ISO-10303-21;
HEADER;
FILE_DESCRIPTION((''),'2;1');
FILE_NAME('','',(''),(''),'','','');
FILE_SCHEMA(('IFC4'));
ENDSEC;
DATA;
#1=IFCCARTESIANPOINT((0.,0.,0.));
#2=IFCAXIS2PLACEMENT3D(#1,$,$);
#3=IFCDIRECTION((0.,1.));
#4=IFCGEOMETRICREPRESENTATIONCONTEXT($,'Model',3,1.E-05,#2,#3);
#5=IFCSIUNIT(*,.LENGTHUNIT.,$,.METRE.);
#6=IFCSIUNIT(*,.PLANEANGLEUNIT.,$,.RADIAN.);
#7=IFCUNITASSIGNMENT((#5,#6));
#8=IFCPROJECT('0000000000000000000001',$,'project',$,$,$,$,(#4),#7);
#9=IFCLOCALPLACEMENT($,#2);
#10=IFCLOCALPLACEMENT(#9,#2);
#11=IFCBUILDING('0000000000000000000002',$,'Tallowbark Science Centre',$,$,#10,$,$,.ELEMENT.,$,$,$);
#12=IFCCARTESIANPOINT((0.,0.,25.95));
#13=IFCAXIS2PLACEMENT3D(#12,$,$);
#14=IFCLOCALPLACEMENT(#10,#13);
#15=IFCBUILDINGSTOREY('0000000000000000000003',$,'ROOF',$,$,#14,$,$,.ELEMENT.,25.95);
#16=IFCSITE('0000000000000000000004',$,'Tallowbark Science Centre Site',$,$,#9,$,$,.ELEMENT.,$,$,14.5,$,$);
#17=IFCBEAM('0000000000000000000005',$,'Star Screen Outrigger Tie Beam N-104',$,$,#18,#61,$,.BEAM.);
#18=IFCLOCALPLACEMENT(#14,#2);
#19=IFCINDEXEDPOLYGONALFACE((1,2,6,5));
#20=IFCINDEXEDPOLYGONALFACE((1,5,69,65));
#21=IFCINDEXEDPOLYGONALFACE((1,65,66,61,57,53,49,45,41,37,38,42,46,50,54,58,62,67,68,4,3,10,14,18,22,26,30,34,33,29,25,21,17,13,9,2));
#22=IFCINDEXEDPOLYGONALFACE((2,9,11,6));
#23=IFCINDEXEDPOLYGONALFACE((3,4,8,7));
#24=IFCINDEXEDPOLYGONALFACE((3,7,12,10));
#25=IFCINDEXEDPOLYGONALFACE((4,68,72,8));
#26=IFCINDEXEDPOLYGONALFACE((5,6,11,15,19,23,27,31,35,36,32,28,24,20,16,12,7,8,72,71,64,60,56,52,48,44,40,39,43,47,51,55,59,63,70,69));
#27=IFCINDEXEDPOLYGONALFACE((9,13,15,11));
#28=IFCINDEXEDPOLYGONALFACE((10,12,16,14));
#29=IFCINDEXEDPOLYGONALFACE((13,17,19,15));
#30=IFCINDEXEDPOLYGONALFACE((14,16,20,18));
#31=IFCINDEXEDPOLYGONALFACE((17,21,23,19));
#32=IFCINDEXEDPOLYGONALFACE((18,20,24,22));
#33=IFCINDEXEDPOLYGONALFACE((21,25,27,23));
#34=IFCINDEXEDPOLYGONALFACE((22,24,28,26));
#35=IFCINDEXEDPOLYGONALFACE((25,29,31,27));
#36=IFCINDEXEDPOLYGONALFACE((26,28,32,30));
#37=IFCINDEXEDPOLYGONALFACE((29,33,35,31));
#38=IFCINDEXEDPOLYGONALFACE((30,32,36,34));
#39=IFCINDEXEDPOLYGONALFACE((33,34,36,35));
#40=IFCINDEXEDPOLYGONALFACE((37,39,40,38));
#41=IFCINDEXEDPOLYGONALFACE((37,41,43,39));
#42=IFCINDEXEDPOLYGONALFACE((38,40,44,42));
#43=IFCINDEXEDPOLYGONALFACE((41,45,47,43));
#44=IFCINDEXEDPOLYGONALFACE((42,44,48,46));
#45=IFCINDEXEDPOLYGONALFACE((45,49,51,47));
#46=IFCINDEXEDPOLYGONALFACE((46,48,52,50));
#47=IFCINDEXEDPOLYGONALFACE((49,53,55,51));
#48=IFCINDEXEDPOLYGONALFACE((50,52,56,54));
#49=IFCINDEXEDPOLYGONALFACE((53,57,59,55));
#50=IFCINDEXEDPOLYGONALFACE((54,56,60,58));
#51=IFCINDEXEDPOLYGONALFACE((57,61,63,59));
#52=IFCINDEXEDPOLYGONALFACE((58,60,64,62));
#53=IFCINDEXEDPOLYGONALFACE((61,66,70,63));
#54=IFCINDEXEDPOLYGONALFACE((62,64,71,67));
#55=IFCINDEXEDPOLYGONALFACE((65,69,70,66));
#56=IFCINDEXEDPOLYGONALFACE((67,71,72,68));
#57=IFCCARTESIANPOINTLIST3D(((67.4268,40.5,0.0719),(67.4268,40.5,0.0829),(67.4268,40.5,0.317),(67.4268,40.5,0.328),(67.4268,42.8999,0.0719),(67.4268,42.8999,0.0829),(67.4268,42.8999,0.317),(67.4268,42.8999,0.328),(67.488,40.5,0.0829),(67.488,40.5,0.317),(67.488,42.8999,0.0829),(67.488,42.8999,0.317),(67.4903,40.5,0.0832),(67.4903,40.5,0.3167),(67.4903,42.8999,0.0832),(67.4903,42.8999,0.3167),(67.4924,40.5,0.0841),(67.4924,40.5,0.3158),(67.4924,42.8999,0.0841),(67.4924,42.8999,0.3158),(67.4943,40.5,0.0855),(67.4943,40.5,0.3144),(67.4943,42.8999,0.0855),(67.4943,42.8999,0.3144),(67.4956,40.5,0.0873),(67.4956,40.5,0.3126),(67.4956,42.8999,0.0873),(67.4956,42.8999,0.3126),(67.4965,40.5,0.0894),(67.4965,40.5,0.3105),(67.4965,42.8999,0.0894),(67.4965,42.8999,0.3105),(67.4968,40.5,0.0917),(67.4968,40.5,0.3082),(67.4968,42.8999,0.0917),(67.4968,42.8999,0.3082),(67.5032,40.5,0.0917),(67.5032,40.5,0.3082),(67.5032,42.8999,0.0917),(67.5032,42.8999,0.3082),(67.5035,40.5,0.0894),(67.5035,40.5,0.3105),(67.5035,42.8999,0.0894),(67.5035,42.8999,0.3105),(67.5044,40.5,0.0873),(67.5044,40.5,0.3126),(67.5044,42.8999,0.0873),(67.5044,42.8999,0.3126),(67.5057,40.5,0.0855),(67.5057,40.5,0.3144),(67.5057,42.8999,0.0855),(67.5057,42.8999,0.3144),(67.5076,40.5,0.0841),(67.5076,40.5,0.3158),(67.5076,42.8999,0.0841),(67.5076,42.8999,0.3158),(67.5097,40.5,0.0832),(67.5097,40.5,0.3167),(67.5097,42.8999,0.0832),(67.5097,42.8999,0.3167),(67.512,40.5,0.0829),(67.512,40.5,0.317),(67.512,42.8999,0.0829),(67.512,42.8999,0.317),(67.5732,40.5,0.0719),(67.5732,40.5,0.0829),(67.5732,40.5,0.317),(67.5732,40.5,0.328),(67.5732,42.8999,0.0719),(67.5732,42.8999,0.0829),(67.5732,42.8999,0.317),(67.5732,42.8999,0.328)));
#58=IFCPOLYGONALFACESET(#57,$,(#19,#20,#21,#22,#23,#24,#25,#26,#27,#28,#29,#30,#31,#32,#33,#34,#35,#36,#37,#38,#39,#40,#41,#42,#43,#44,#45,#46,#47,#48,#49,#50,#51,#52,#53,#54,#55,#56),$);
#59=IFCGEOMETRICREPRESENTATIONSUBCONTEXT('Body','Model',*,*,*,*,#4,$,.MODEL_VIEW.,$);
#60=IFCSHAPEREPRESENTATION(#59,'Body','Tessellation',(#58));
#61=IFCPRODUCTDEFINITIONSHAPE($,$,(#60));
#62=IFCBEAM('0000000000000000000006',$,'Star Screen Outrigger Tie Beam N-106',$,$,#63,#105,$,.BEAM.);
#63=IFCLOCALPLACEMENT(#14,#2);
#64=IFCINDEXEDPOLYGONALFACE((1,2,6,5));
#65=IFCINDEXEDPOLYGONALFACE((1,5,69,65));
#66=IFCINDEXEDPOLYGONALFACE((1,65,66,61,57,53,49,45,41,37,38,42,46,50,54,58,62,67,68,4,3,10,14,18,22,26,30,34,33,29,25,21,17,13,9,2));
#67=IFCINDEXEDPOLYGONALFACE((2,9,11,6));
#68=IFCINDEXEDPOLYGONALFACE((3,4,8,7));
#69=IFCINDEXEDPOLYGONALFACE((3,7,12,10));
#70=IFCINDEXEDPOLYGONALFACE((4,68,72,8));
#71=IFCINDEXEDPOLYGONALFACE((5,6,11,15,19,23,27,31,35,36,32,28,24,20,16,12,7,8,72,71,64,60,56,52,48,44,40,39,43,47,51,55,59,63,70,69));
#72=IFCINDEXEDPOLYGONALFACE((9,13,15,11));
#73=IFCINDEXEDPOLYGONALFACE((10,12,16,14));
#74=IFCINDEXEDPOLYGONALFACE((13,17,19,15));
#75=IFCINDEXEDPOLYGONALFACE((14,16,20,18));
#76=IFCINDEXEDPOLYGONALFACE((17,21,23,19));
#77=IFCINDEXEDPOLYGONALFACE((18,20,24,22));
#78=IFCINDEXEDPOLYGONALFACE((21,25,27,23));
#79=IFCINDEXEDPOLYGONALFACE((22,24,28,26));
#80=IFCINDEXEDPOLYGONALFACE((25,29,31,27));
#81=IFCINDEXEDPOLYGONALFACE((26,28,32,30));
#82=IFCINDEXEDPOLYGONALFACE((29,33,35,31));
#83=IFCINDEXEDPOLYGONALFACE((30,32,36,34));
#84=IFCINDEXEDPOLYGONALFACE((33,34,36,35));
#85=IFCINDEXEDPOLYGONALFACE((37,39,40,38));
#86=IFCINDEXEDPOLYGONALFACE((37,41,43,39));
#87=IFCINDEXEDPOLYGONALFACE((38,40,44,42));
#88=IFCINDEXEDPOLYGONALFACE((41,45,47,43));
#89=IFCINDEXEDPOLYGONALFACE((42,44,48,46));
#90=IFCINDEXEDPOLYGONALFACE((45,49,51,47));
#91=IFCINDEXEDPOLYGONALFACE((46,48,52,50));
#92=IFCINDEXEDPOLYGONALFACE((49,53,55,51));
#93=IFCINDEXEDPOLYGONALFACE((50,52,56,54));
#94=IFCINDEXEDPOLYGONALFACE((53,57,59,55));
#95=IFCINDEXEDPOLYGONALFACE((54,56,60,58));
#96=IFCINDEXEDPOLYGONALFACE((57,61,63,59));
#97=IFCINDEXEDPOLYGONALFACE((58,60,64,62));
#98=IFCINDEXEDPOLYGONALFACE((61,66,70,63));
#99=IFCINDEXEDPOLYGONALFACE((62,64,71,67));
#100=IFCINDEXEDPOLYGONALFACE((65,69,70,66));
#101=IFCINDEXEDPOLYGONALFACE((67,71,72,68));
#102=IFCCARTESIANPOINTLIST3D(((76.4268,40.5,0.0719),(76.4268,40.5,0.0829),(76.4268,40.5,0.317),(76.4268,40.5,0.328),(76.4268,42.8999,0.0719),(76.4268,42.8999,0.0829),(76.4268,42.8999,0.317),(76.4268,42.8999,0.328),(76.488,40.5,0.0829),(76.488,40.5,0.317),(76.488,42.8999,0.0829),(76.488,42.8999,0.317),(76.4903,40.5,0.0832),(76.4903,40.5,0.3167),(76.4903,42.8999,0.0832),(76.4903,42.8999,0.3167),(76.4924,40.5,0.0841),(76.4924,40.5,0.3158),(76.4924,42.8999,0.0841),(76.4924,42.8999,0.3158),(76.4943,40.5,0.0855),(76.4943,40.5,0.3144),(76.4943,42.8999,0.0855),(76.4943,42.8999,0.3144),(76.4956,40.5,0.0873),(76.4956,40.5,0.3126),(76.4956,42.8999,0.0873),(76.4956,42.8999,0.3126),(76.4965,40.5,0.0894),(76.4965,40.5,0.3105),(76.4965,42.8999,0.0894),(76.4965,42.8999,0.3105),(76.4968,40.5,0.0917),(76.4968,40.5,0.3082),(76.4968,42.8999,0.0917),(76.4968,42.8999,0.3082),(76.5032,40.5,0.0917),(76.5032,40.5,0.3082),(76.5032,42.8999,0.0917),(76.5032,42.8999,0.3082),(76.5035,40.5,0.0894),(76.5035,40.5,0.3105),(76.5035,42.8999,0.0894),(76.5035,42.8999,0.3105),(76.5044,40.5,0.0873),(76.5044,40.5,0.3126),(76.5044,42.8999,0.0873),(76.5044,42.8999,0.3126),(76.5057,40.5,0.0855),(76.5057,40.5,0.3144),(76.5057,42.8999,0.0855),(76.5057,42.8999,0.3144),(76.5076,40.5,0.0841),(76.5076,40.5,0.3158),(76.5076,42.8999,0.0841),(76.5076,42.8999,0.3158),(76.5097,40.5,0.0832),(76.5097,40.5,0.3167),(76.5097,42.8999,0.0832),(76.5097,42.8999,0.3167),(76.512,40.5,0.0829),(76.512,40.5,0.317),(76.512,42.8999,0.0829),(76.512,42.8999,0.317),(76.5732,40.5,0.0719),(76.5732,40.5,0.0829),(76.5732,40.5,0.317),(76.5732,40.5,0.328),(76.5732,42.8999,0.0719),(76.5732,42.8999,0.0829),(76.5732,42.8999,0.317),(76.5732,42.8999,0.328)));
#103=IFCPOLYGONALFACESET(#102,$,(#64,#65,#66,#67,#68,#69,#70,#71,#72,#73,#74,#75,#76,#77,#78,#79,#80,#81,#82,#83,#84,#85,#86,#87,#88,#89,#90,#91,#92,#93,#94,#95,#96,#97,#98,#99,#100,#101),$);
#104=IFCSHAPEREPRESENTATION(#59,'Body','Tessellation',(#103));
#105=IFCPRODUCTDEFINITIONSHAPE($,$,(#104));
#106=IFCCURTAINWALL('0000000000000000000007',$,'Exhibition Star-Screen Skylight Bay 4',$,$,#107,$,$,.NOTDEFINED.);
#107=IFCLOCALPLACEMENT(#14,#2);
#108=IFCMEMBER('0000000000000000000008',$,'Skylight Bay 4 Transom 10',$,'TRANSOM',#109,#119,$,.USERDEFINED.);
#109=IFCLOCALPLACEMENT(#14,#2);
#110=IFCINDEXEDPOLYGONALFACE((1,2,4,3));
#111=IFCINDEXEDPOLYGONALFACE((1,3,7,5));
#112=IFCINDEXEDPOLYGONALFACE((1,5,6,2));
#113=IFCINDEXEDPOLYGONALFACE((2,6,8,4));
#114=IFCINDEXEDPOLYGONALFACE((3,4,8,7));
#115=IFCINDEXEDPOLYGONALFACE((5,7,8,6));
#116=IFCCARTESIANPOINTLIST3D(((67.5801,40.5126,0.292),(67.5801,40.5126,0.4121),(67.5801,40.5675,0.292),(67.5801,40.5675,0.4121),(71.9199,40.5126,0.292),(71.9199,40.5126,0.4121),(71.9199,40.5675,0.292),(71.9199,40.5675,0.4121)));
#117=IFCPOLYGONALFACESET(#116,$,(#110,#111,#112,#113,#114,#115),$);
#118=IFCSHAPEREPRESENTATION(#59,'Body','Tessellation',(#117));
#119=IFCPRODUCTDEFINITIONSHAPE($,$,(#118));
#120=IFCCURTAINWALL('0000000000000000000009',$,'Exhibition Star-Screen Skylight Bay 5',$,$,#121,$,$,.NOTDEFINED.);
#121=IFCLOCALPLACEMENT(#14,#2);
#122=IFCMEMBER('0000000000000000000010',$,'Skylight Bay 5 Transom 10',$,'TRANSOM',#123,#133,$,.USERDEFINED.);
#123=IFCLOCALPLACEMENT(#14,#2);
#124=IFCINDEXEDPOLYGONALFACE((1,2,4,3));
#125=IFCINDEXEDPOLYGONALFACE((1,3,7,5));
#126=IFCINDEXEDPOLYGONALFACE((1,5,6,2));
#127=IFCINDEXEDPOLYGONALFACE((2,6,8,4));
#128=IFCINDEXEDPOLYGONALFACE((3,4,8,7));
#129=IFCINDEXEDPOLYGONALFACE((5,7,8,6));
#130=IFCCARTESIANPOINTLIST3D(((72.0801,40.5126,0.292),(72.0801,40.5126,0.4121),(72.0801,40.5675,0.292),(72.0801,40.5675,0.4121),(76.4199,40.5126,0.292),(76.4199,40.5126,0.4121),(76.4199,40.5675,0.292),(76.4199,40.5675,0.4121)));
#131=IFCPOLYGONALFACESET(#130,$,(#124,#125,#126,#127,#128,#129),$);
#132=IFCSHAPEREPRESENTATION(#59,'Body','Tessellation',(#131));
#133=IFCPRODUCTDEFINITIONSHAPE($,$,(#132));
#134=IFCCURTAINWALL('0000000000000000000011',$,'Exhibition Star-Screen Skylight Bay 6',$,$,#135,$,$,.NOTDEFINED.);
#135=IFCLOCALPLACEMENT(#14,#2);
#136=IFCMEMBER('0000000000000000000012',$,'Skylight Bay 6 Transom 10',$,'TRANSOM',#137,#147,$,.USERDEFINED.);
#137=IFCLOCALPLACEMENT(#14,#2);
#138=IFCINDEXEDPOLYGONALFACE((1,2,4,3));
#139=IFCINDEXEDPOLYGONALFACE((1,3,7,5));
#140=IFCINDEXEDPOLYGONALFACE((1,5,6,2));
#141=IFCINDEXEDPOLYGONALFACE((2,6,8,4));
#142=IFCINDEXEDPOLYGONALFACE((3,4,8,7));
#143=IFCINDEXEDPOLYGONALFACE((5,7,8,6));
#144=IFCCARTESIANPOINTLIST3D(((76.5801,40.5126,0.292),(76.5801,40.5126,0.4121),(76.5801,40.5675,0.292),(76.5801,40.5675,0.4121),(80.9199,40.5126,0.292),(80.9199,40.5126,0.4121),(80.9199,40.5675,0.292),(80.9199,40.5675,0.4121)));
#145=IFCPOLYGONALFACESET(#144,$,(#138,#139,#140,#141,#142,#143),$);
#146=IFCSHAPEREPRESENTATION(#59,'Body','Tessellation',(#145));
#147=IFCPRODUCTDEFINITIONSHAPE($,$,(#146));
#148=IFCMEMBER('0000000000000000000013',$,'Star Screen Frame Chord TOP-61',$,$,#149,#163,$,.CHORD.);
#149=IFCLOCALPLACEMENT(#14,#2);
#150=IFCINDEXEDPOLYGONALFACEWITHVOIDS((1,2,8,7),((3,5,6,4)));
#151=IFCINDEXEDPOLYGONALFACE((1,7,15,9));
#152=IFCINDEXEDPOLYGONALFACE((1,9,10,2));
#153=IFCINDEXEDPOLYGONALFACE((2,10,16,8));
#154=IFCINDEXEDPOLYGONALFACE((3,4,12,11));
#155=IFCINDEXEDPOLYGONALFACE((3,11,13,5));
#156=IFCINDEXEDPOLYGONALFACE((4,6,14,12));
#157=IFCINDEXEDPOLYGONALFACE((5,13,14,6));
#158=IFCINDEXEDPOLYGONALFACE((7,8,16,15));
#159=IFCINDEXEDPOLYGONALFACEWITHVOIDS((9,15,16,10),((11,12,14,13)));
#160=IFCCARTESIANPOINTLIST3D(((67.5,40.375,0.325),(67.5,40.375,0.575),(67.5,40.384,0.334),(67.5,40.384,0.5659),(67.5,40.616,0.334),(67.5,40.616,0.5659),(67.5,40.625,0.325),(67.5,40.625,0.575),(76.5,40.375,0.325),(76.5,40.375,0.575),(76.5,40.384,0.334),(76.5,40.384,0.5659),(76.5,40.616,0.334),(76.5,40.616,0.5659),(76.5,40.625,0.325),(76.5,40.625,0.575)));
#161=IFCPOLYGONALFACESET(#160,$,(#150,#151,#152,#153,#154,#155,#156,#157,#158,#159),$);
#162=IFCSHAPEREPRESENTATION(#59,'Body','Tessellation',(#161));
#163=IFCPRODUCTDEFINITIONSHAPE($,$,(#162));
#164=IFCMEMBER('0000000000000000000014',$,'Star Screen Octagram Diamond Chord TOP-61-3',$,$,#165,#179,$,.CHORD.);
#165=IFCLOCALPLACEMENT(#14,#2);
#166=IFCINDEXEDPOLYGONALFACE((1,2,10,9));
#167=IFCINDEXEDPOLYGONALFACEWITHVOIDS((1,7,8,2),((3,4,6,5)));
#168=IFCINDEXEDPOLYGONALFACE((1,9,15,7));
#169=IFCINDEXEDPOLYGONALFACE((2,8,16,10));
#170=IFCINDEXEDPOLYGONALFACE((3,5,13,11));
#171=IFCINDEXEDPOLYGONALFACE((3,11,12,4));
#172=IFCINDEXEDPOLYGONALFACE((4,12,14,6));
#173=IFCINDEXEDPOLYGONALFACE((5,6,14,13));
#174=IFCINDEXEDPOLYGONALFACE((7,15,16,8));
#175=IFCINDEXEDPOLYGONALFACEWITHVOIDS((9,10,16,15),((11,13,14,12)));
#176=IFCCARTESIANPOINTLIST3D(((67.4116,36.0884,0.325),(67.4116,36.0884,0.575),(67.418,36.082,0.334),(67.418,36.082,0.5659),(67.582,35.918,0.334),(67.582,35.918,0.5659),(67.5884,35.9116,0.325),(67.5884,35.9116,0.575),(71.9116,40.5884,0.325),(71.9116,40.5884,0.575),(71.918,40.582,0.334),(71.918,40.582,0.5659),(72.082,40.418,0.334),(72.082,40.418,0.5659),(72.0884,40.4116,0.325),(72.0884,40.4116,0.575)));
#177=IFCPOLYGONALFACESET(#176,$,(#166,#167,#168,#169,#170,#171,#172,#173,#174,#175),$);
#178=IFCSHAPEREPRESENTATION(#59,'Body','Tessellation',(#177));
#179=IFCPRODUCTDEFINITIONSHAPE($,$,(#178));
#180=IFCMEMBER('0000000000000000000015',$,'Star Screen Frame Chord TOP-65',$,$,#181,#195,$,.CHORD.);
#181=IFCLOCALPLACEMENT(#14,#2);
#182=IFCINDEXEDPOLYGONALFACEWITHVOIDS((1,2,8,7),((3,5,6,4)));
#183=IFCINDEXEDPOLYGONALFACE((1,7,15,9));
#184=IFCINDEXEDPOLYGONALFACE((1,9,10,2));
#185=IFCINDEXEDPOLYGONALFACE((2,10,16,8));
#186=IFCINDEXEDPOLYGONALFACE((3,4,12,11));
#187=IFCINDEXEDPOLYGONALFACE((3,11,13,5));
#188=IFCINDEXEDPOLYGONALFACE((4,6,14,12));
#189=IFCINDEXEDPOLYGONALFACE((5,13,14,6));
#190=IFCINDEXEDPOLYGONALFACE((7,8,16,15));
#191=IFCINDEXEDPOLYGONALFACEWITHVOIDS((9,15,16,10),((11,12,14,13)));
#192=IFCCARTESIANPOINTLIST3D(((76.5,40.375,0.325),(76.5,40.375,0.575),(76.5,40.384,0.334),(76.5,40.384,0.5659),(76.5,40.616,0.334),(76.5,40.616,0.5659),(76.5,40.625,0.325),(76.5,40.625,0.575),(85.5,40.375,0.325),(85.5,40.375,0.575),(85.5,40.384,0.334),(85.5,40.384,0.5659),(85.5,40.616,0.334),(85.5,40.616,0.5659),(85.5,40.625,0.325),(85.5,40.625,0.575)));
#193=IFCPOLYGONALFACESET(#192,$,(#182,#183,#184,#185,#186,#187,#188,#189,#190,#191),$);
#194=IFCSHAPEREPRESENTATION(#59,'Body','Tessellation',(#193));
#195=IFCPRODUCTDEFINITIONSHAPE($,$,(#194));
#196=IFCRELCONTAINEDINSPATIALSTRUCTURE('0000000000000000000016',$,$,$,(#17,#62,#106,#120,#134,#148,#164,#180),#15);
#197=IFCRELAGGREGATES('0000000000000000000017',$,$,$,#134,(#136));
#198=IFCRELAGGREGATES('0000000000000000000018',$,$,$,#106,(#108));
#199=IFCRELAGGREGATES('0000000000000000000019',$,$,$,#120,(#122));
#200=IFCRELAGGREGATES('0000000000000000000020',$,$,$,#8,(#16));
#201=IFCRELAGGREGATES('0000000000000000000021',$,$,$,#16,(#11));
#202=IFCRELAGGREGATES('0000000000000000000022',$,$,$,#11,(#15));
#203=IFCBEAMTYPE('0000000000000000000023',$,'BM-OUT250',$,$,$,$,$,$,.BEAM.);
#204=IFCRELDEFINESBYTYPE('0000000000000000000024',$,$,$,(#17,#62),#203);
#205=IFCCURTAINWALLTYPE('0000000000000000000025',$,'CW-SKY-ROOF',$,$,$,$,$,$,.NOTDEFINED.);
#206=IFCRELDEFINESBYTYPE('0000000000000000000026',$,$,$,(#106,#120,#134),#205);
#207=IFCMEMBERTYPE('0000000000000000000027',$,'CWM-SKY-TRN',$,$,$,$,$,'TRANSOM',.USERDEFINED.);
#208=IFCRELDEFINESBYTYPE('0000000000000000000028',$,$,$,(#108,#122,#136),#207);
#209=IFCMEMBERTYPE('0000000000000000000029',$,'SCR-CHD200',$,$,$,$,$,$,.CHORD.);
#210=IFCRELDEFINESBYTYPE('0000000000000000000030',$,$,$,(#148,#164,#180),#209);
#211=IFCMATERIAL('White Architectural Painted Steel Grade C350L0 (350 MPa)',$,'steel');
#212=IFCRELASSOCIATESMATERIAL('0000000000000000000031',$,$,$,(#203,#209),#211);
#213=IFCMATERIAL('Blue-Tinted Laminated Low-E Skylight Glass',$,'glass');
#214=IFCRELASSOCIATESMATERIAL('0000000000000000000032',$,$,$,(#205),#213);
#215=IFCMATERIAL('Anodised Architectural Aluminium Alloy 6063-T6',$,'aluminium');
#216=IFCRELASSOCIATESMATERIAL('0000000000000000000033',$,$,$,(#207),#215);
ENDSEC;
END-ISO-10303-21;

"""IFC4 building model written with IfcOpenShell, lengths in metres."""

from ifc_helpers import new_model, si_unit, direction, frame, origin, origin_2d, place, context, subcontext, project, spatial, rectangle, hollow_rectangle, i_section, extrude, material, material_profile, profile_set, type_object, element, aggregate, save


model = new_model("IFC4")

# Units and contexts
model_context = context("Model", 3, precision=1e-05, world=origin(), true_north=direction((0.0, 1.0)))
body_context = subcontext(model_context, "Body", "Model", "MODEL_VIEW")
ifc_project = project(units=[si_unit("LENGTHUNIT", "METRE"), si_unit("PLANEANGLEUNIT", "RADIAN")], contexts=[model_context])

# Site, building, storey
site_placement = place(None, origin())
site = spatial("IfcSite", under=ifc_project, at=site_placement, Name="Tallowbark Science Centre Site", CompositionType="ELEMENT", RefElevation=14.5)
building_placement = place(site_placement, origin())
building = spatial("IfcBuilding", under=site, at=building_placement, Name="Tallowbark Science Centre", CompositionType="ELEMENT")
storey_placement = place(building_placement, frame((0.0, 0.0, 25.95)))
storey = spatial("IfcBuildingStorey", under=building, at=storey_placement, Name="ROOF", CompositionType="ELEMENT", Elevation=25.95)

# Beams
ifc_material_1 = material(Name="White Architectural Painted Steel Grade C350L0 (350 MPa)", Category="steel")
ifc_material_profile_1 = material_profile(ifc_material_1, i_section(OverallWidth=0.1465, OverallDepth=0.2561, WebThickness=0.0063, FlangeThickness=0.011, FilletRadius=0.0088, at=origin_2d()), Name="250UB37.3")
ifc_profile_set_1 = profile_set([ifc_material_profile_1], Name="White Architectural Painted Steel Grade C350L0 (350 MPa)")
beam_type = type_object("IfcBeamType", Name="BM-OUT250", PredefinedType="BEAM", material=ifc_profile_set_1)
for number, where, z_axis, x_axis, name in (
    (1, (67.5, 40.5, 0.2), (0.0, 1.0, 0.0), (-1.0, 0.0, 0.0), "Star Screen Outrigger Tie Beam N-104"),
    (2, (76.5, 40.5, 0.2), (0.0, 1.0, 0.0), (-1.0, 0.0, 0.0), "Star Screen Outrigger Tie Beam N-106"),
):
    element("IfcBeam", number, at=place(storey_placement, frame(where, z_axis=z_axis, x_axis=x_axis)), inside=storey, type_object=beam_type, Name=name, PredefinedType="BEAM", context=body_context, shape_type="SweptSolid", body=[
        extrude(i_section(OverallWidth=0.1465, OverallDepth=0.2561, WebThickness=0.0063, FlangeThickness=0.011, FilletRadius=0.0088, at=origin_2d()), origin(), (0.0, 0.0, 1.0), 2.3999),
    ])

# Curtain walls, members
ifc_material_2 = material(Name="Blue-Tinted Laminated Low-E Skylight Glass", Category="glass")
curtain_wall_type = type_object("IfcCurtainWallType", Name="CW-SKY-ROOF", PredefinedType="NOTDEFINED", material=ifc_material_2)
curtain_wall_1_placement = place(storey_placement, origin())
curtain_wall_1 = element("IfcCurtainWall", 3, at=curtain_wall_1_placement, inside=storey, type_object=curtain_wall_type, Name="Exhibition Star-Screen Skylight Bay 4", PredefinedType="NOTDEFINED")
ifc_material_3 = material(Name="Anodised Architectural Aluminium Alloy 6063-T6", Category="aluminium")
ifc_material_profile_2 = material_profile(ifc_material_3, rectangle(XDim=0.0549, YDim=0.1201, at=origin_2d()), Name="ALU55x120")
ifc_profile_set_2 = profile_set([ifc_material_profile_2], Name="Anodised Architectural Aluminium Alloy 6063-T6")
member_type_1 = type_object("IfcMemberType", Name="CWM-SKY-TRN", ElementType="TRANSOM", PredefinedType="USERDEFINED", material=ifc_profile_set_2)
member_1_placement = place(storey_placement, frame((67.5801, 40.54, 0.3521), z_axis=(1.0, 0.0, 0.0), x_axis=(0.0, 1.0, 0.0)))
member_1 = element("IfcMember", 4, at=member_1_placement, type_object=member_type_1, Name="Skylight Bay 4 Transom 10", ObjectType="TRANSOM", PredefinedType="USERDEFINED", context=body_context, shape_type="SweptSolid", body=[
    extrude(rectangle(XDim=0.0549, YDim=0.1201, at=origin_2d()), origin(), (0.0, 0.0, 1.0), 4.3398),
])
curtain_wall_2_placement = place(storey_placement, origin())
curtain_wall_2 = element("IfcCurtainWall", 5, at=curtain_wall_2_placement, inside=storey, type_object=curtain_wall_type, Name="Exhibition Star-Screen Skylight Bay 5", PredefinedType="NOTDEFINED")
member_2_placement = place(storey_placement, frame((72.0801, 40.54, 0.3521), z_axis=(1.0, 0.0, 0.0), x_axis=(0.0, 1.0, 0.0)))
member_2 = element("IfcMember", 6, at=member_2_placement, type_object=member_type_1, Name="Skylight Bay 5 Transom 10", ObjectType="TRANSOM", PredefinedType="USERDEFINED", context=body_context, shape_type="SweptSolid", body=[
    extrude(rectangle(XDim=0.0549, YDim=0.1201, at=origin_2d()), origin(), (0.0, 0.0, 1.0), 4.3398),
])
curtain_wall_3_placement = place(storey_placement, origin())
curtain_wall_3 = element("IfcCurtainWall", 7, at=curtain_wall_3_placement, inside=storey, type_object=curtain_wall_type, Name="Exhibition Star-Screen Skylight Bay 6", PredefinedType="NOTDEFINED")
member_3_placement = place(storey_placement, frame((76.5801, 40.54, 0.3521), z_axis=(1.0, 0.0, 0.0), x_axis=(0.0, 1.0, 0.0)))
member_3 = element("IfcMember", 8, at=member_3_placement, type_object=member_type_1, Name="Skylight Bay 6 Transom 10", ObjectType="TRANSOM", PredefinedType="USERDEFINED", context=body_context, shape_type="SweptSolid", body=[
    extrude(rectangle(XDim=0.0549, YDim=0.1201, at=origin_2d()), origin(), (0.0, 0.0, 1.0), 4.3398),
])
aggregate(curtain_wall_3, [member_3])

# Members
ifc_material_profile_3 = material_profile(ifc_material_1, hollow_rectangle(XDim=0.25, YDim=0.25, WallThickness=0.009, at=origin_2d()), Name="250x250x9.0SHS")
ifc_profile_set_3 = profile_set([ifc_material_profile_3], Name="White Architectural Painted Steel Grade C350L0 (350 MPa)")
member_type_2 = type_object("IfcMemberType", Name="SCR-CHD200", PredefinedType="CHORD", material=ifc_profile_set_3)
member_4_placement = place(storey_placement, frame((67.5, 40.5, 0.45), z_axis=(1.0, 0.0, 0.0), x_axis=(0.0, 1.0, 0.0)))
element("IfcMember", 9, at=member_4_placement, inside=storey, type_object=member_type_2, Name="Star Screen Frame Chord TOP-61", PredefinedType="CHORD", context=body_context, shape_type="SweptSolid", body=[
    extrude(hollow_rectangle(XDim=0.25, YDim=0.25, WallThickness=0.009, at=origin_2d()), origin(), (0.0, 0.0, 1.0), 9.0),
])
member_5_placement = place(storey_placement, frame((72.0, 40.5, 0.45), z_axis=(-0.707107, -0.707107, 0.0), x_axis=(0.707107, -0.707107, 0.0)))
element("IfcMember", 10, at=member_5_placement, inside=storey, type_object=member_type_2, Name="Star Screen Octagram Diamond Chord TOP-61-3", PredefinedType="CHORD", context=body_context, shape_type="SweptSolid", body=[
    extrude(hollow_rectangle(XDim=0.25, YDim=0.25, WallThickness=0.009, at=origin_2d()), origin(), (0.0, 0.0, 1.0), 6.364),
])
member_6_placement = place(storey_placement, frame((76.5, 40.5, 0.45), z_axis=(1.0, 0.0, 0.0), x_axis=(0.0, 1.0, 0.0)))
element("IfcMember", 11, at=member_6_placement, inside=storey, type_object=member_type_2, Name="Star Screen Frame Chord TOP-65", PredefinedType="CHORD", context=body_context, shape_type="SweptSolid", body=[
    extrude(hollow_rectangle(XDim=0.25, YDim=0.25, WallThickness=0.009, at=origin_2d()), origin(), (0.0, 0.0, 1.0), 9.0),
])

aggregate(curtain_wall_1, [member_1])
aggregate(curtain_wall_2, [member_2])

save(model, "model.ifc")
